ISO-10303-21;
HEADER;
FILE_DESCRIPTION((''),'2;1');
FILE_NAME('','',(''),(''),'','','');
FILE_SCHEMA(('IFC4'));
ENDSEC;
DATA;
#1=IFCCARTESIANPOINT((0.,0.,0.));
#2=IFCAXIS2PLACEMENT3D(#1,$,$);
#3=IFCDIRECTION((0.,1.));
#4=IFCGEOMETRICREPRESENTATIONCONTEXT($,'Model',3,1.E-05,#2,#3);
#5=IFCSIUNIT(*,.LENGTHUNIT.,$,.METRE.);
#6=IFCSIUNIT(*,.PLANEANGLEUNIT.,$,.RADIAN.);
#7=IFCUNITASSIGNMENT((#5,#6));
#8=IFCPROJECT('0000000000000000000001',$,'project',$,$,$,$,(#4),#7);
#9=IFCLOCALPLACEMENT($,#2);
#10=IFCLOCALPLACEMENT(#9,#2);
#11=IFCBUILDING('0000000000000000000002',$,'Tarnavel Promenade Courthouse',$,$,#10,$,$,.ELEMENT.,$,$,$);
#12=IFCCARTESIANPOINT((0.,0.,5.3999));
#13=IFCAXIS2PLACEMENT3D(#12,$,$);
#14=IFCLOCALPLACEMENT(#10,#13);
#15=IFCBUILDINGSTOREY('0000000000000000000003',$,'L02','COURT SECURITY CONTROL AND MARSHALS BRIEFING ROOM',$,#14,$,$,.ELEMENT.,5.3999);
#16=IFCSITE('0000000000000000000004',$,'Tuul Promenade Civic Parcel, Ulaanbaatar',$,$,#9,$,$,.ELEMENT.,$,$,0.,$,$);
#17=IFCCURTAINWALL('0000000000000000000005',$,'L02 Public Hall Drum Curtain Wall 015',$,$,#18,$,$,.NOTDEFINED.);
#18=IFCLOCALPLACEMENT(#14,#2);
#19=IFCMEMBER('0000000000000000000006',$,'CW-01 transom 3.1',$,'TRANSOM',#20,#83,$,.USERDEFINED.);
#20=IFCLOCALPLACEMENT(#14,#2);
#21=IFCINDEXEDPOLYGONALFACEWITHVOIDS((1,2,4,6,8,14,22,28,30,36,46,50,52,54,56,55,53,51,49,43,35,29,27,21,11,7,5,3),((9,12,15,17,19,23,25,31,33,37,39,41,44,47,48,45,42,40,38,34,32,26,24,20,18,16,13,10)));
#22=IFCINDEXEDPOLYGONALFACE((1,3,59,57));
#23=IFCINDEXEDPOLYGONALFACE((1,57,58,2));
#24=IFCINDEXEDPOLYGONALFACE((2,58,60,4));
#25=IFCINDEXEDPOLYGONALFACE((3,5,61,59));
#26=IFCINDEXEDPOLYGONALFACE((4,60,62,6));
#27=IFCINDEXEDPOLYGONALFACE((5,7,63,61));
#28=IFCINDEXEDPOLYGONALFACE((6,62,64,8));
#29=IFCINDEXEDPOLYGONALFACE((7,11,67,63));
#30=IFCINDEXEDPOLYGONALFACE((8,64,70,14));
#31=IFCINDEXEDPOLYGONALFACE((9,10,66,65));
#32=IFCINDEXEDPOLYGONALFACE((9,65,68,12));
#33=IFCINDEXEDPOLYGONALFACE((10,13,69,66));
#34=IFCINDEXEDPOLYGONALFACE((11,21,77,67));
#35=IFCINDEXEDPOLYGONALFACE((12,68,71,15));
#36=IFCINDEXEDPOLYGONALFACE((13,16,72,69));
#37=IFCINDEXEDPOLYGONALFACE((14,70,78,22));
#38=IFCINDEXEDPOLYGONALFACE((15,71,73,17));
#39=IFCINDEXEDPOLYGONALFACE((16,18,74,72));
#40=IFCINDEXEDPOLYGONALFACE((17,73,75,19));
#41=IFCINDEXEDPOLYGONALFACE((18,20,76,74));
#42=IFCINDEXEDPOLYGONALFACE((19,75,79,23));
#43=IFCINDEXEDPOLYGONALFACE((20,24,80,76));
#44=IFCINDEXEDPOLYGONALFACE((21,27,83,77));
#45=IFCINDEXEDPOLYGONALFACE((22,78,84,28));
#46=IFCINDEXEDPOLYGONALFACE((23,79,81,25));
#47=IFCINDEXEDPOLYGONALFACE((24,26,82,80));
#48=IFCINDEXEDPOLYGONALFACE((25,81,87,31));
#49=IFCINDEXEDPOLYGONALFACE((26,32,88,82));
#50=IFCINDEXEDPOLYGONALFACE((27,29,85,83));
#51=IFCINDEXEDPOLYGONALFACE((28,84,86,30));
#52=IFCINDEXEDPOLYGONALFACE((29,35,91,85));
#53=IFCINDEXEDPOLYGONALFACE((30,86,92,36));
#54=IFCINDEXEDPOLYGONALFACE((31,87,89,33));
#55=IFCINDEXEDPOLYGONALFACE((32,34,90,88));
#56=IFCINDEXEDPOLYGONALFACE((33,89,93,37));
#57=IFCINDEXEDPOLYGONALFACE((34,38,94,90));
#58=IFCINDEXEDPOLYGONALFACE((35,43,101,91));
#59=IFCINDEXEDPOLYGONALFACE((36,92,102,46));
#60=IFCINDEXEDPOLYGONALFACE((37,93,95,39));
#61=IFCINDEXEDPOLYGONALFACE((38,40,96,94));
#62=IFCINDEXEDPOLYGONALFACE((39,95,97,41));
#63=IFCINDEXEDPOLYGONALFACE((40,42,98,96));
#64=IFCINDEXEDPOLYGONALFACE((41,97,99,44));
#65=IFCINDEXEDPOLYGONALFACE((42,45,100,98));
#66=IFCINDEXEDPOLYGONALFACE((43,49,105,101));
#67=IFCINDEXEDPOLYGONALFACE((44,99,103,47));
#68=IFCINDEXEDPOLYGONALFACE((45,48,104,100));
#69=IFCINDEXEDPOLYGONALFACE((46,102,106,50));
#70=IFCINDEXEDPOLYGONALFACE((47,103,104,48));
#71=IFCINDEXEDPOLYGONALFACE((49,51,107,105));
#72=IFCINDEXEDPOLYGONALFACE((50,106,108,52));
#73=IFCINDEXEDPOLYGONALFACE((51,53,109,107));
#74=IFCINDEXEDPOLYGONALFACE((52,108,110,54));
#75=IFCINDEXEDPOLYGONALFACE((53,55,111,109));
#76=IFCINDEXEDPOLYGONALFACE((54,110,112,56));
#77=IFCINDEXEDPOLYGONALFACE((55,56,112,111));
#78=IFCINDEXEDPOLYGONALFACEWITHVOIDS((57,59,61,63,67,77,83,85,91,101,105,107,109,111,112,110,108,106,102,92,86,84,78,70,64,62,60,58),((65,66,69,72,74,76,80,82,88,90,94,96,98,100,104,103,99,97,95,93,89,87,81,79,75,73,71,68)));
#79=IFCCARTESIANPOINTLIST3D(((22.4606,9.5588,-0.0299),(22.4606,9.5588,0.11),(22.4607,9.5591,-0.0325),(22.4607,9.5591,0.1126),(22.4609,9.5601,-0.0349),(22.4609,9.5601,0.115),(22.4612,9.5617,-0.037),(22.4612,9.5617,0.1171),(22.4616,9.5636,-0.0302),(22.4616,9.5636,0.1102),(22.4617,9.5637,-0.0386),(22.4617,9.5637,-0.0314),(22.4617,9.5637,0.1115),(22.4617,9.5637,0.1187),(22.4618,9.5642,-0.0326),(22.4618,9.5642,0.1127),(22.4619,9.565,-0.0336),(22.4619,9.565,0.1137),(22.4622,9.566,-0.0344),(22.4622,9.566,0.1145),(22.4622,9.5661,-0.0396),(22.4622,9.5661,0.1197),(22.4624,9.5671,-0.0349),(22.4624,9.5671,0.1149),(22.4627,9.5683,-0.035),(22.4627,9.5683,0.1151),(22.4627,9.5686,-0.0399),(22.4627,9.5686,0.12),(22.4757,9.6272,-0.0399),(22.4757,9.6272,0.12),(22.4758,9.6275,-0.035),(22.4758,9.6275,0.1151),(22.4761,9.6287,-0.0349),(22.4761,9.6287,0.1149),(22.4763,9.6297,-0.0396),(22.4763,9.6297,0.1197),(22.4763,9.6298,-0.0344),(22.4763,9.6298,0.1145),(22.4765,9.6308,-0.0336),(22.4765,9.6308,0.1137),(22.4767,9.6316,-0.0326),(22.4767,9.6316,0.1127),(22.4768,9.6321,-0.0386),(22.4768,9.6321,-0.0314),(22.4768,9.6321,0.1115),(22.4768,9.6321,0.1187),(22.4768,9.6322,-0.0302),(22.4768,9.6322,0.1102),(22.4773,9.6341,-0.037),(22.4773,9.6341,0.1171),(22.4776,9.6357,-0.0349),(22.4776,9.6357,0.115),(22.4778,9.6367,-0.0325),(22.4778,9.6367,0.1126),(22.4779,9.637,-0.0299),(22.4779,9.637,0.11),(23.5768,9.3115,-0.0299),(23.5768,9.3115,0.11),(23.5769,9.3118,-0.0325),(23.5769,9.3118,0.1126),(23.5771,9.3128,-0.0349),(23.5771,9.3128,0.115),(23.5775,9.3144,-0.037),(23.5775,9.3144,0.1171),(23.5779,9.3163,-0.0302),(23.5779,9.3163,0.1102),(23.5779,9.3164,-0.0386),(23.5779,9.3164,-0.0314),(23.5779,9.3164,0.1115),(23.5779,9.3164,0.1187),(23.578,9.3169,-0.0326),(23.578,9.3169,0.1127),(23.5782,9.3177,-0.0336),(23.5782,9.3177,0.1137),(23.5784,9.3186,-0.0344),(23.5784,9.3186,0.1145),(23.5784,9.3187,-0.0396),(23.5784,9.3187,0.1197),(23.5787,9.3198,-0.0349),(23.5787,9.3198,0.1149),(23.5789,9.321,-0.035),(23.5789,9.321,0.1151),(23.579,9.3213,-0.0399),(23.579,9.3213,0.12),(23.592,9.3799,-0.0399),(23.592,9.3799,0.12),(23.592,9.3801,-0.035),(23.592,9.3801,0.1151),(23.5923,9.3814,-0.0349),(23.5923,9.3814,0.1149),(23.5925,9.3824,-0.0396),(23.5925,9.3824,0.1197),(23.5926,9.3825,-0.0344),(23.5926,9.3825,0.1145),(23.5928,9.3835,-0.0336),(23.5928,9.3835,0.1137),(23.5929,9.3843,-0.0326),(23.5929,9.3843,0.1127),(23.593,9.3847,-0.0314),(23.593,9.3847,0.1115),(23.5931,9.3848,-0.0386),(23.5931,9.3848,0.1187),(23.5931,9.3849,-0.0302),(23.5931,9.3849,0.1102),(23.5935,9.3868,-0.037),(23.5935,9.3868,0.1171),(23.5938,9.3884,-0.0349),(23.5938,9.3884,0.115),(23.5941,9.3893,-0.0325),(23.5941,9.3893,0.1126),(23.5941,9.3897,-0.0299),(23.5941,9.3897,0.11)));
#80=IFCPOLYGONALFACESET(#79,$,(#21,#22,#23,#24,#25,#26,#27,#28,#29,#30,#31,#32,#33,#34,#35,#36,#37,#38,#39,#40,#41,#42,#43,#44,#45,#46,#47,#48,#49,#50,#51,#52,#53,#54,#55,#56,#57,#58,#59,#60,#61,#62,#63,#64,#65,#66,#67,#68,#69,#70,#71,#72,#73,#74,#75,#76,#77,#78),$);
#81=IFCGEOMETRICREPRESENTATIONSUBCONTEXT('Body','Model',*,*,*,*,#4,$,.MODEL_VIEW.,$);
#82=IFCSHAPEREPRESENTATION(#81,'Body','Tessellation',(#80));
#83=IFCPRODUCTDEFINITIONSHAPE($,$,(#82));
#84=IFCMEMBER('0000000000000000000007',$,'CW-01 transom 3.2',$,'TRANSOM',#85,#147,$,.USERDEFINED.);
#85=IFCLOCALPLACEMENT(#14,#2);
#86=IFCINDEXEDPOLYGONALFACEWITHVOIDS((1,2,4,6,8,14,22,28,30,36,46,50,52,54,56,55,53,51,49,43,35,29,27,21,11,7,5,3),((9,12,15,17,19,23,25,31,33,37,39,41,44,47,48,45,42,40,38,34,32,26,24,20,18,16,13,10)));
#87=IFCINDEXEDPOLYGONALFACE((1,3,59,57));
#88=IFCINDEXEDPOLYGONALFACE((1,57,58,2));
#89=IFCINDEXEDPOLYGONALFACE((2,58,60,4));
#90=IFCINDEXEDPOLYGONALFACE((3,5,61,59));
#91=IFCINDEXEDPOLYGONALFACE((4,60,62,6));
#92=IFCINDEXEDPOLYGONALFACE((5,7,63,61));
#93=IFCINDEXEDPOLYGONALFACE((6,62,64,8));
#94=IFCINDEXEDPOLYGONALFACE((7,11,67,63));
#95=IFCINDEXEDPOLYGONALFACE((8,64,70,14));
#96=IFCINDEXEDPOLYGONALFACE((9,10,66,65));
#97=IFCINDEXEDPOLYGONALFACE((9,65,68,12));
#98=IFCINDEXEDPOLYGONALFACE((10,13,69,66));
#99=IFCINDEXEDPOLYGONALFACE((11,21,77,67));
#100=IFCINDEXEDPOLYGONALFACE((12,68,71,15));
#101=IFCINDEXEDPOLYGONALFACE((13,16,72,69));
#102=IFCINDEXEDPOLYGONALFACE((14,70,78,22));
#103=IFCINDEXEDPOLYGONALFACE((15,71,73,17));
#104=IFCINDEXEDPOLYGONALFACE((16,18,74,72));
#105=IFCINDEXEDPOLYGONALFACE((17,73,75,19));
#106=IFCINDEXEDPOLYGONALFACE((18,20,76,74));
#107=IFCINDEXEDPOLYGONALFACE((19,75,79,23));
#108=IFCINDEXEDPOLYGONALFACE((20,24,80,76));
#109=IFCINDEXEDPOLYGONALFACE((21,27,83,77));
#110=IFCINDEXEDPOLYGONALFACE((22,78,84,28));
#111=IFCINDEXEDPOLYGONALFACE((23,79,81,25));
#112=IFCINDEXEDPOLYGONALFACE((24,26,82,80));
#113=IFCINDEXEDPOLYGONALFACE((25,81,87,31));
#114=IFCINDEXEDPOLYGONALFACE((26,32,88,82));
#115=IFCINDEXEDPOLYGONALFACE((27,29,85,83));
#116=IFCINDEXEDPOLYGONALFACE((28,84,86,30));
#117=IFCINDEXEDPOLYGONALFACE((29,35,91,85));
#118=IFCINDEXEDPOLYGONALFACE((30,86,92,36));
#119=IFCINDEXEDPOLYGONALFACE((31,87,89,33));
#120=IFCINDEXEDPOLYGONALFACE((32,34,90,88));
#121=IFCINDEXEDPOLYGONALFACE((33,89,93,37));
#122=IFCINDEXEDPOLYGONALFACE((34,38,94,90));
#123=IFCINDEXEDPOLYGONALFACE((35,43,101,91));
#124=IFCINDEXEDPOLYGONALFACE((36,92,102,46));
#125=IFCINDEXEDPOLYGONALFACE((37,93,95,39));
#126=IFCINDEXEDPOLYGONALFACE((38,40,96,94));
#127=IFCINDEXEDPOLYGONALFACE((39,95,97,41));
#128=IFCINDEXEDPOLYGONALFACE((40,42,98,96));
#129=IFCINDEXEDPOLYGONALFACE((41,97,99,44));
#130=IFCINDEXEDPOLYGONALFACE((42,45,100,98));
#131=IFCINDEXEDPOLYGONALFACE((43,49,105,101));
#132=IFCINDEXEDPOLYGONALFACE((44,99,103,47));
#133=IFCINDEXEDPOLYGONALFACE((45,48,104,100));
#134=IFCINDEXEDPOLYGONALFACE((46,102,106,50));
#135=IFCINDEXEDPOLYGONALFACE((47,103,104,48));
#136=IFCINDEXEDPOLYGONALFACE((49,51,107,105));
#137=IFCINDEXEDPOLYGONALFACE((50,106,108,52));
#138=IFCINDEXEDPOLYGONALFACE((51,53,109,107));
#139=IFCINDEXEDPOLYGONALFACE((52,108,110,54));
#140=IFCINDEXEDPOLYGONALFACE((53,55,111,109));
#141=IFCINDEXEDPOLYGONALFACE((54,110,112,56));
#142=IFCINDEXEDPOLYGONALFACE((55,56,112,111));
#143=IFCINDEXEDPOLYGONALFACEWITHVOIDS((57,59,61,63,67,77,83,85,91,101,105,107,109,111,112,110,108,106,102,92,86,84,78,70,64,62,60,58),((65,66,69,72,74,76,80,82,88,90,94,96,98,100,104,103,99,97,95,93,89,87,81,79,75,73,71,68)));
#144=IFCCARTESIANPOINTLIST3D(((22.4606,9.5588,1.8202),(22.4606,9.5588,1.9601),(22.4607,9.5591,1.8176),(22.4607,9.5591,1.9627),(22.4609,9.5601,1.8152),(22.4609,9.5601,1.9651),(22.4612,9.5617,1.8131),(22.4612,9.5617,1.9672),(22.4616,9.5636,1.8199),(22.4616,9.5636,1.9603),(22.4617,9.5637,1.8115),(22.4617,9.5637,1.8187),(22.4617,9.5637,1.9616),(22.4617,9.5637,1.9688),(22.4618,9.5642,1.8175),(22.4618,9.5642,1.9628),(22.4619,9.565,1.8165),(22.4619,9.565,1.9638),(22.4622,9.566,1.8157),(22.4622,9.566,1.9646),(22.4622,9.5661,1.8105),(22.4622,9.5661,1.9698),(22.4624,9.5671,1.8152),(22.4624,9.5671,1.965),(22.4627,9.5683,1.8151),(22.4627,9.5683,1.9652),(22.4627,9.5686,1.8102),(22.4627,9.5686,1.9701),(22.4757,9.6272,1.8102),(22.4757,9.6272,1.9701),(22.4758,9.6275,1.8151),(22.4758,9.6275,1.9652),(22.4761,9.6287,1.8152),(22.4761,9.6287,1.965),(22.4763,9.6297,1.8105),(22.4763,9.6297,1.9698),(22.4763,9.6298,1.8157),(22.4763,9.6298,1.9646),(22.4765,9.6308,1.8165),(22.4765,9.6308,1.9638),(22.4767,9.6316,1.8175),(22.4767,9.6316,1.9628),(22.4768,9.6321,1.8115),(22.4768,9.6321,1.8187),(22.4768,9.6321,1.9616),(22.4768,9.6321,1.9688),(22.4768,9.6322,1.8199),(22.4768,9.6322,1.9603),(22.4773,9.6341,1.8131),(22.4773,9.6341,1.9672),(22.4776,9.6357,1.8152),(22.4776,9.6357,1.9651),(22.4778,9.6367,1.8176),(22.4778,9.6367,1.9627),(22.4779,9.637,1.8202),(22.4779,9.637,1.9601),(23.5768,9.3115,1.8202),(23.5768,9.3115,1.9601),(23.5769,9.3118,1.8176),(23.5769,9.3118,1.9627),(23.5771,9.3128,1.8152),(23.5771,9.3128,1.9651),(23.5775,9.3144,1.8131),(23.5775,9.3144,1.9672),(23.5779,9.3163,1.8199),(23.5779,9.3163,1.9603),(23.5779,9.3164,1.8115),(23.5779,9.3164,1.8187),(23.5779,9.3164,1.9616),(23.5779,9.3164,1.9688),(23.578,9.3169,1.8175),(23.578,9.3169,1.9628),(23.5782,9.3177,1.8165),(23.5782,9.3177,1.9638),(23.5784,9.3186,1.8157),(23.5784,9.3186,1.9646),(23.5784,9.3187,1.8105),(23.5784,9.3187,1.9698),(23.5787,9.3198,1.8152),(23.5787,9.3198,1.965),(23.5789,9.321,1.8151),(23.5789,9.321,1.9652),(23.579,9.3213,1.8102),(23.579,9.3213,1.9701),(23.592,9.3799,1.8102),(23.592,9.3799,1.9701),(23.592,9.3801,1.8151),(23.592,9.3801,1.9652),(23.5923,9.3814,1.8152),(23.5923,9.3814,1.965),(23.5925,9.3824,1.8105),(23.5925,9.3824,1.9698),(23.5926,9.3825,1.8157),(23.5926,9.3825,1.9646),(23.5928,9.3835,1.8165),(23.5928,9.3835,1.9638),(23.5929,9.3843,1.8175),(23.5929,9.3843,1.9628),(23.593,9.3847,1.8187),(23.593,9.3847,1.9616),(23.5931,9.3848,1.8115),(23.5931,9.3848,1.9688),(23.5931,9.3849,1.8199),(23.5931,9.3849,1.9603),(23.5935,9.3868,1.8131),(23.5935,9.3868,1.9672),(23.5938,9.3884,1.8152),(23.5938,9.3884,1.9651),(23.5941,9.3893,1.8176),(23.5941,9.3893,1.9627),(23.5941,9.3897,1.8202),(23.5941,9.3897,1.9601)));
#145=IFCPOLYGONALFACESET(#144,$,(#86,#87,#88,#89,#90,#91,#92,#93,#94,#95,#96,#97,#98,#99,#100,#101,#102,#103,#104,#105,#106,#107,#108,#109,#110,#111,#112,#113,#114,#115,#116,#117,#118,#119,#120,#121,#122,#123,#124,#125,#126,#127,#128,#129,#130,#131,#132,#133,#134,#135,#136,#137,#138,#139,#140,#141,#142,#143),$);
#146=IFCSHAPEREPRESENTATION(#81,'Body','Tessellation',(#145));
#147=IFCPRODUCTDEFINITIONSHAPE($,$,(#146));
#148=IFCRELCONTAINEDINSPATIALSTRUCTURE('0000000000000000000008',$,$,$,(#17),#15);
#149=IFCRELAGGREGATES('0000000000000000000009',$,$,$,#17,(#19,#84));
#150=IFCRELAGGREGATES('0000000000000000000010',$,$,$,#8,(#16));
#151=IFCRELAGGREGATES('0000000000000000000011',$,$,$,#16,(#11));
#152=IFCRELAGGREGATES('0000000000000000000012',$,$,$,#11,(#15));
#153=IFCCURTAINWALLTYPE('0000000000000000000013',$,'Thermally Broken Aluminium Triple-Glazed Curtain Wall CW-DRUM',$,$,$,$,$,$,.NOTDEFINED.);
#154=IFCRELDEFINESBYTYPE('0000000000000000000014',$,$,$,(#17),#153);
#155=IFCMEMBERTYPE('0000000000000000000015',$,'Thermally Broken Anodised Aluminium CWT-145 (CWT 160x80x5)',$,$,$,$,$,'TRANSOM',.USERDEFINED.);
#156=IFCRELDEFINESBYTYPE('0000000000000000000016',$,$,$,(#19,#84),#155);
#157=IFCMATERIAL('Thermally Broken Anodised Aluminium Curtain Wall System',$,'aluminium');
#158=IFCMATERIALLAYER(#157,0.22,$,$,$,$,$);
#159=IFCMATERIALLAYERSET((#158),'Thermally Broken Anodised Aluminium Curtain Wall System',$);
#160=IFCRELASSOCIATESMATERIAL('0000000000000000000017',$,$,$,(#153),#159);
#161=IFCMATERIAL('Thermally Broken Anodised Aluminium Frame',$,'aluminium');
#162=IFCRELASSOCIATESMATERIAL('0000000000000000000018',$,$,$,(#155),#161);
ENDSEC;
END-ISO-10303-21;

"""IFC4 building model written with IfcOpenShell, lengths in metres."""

from ifc_helpers import new_model, si_unit, direction, frame, origin, origin_2d, place, context, subcontext, project, spatial, hollow_rectangle, extrude, material, layer, layer_set, material_profile, profile_set, type_object, element, aggregate, save


model = new_model("IFC4")

# Units and contexts
model_context = context("Model", 3, precision=1e-05, world=origin(), true_north=direction((0.0, 1.0)))
body_context = subcontext(model_context, "Body", "Model", "MODEL_VIEW")
ifc_project = project(units=[si_unit("LENGTHUNIT", "METRE"), si_unit("PLANEANGLEUNIT", "RADIAN")], contexts=[model_context])

# Site, building, storey
site_placement = place(None, origin())
site = spatial("IfcSite", under=ifc_project, at=site_placement, Name="Tuul Promenade Civic Parcel, Ulaanbaatar", CompositionType="ELEMENT", RefElevation=0.0)
building_placement = place(site_placement, origin())
building = spatial("IfcBuilding", under=site, at=building_placement, Name="Tarnavel Promenade Courthouse", CompositionType="ELEMENT")
storey_placement = place(building_placement, frame((0.0, 0.0, 5.3999)))
storey = spatial("IfcBuildingStorey", under=building, at=storey_placement, Name="L02", Description="COURT SECURITY CONTROL AND MARSHALS BRIEFING ROOM", CompositionType="ELEMENT", Elevation=5.3999)

# Curtain wall
ifc_material_1 = material(Name="Thermally Broken Anodised Aluminium Curtain Wall System", Category="aluminium")
ifc_layer_1 = layer(ifc_material_1, 0.22)
ifc_layer_set_1 = layer_set([ifc_layer_1], Name="Thermally Broken Anodised Aluminium Curtain Wall System")
curtain_wall_type = type_object("IfcCurtainWallType", Name="Thermally Broken Aluminium Triple-Glazed Curtain Wall CW-DRUM", PredefinedType="NOTDEFINED", material=ifc_layer_set_1)
curtain_wall_1_placement = place(storey_placement, origin())
curtain_wall_1 = element("IfcCurtainWall", 1, at=curtain_wall_1_placement, inside=storey, type_object=curtain_wall_type, Name="L02 Public Hall Drum Curtain Wall 015", PredefinedType="NOTDEFINED")
ifc_material_2 = material(Name="Thermally Broken Anodised Aluminium Frame", Category="aluminium")

# Members
ifc_material_profile_1 = material_profile(ifc_material_2, hollow_rectangle(XDim=0.0801, YDim=0.1599, WallThickness=0.0049, InnerFilletRadius=0.0049, OuterFilletRadius=0.01, at=origin_2d()), Name="CWT 160x80x5")
ifc_profile_set_1 = profile_set([ifc_material_profile_1], Name="Thermally Broken Anodised Aluminium Frame")
member_type_1 = type_object("IfcMemberType", Name="Thermally Broken Anodised Aluminium CWT-145 (CWT 160x80x5)", ElementType="TRANSOM", PredefinedType="USERDEFINED", material=ifc_profile_set_1)
member_1_placement = place(storey_placement, frame((22.4692, 9.5979, 0.04), z_axis=(0.976323, -0.21632, 0.0), x_axis=(0.21632, 0.976323, 0.0)))
member_1 = element("IfcMember", 2, at=member_1_placement, type_object=member_type_1, Name="CW-01 transom 3.1", ObjectType="TRANSOM", PredefinedType="USERDEFINED", context=body_context, shape_type="SweptSolid", body=[
    extrude(hollow_rectangle(XDim=0.0801, YDim=0.1599, WallThickness=0.0049, InnerFilletRadius=0.0049, OuterFilletRadius=0.01, at=origin_2d()), origin(), (0.0, 0.0, 1.0), 1.1433),
])
member_2_placement = place(storey_placement, frame((22.4692, 9.5979, 1.8901), z_axis=(0.976323, -0.21632, 0.0), x_axis=(0.21632, 0.976323, 0.0)))
member_2 = element("IfcMember", 3, at=member_2_placement, type_object=member_type_1, Name="CW-01 transom 3.2", ObjectType="TRANSOM", PredefinedType="USERDEFINED", context=body_context, shape_type="SweptSolid", body=[
    extrude(hollow_rectangle(XDim=0.0801, YDim=0.1599, WallThickness=0.0049, InnerFilletRadius=0.0049, OuterFilletRadius=0.01, at=origin_2d()), origin(), (0.0, 0.0, 1.0), 1.1433),
])

aggregate(curtain_wall_1, [member_1, member_2])

save(model, "model.ifc")
